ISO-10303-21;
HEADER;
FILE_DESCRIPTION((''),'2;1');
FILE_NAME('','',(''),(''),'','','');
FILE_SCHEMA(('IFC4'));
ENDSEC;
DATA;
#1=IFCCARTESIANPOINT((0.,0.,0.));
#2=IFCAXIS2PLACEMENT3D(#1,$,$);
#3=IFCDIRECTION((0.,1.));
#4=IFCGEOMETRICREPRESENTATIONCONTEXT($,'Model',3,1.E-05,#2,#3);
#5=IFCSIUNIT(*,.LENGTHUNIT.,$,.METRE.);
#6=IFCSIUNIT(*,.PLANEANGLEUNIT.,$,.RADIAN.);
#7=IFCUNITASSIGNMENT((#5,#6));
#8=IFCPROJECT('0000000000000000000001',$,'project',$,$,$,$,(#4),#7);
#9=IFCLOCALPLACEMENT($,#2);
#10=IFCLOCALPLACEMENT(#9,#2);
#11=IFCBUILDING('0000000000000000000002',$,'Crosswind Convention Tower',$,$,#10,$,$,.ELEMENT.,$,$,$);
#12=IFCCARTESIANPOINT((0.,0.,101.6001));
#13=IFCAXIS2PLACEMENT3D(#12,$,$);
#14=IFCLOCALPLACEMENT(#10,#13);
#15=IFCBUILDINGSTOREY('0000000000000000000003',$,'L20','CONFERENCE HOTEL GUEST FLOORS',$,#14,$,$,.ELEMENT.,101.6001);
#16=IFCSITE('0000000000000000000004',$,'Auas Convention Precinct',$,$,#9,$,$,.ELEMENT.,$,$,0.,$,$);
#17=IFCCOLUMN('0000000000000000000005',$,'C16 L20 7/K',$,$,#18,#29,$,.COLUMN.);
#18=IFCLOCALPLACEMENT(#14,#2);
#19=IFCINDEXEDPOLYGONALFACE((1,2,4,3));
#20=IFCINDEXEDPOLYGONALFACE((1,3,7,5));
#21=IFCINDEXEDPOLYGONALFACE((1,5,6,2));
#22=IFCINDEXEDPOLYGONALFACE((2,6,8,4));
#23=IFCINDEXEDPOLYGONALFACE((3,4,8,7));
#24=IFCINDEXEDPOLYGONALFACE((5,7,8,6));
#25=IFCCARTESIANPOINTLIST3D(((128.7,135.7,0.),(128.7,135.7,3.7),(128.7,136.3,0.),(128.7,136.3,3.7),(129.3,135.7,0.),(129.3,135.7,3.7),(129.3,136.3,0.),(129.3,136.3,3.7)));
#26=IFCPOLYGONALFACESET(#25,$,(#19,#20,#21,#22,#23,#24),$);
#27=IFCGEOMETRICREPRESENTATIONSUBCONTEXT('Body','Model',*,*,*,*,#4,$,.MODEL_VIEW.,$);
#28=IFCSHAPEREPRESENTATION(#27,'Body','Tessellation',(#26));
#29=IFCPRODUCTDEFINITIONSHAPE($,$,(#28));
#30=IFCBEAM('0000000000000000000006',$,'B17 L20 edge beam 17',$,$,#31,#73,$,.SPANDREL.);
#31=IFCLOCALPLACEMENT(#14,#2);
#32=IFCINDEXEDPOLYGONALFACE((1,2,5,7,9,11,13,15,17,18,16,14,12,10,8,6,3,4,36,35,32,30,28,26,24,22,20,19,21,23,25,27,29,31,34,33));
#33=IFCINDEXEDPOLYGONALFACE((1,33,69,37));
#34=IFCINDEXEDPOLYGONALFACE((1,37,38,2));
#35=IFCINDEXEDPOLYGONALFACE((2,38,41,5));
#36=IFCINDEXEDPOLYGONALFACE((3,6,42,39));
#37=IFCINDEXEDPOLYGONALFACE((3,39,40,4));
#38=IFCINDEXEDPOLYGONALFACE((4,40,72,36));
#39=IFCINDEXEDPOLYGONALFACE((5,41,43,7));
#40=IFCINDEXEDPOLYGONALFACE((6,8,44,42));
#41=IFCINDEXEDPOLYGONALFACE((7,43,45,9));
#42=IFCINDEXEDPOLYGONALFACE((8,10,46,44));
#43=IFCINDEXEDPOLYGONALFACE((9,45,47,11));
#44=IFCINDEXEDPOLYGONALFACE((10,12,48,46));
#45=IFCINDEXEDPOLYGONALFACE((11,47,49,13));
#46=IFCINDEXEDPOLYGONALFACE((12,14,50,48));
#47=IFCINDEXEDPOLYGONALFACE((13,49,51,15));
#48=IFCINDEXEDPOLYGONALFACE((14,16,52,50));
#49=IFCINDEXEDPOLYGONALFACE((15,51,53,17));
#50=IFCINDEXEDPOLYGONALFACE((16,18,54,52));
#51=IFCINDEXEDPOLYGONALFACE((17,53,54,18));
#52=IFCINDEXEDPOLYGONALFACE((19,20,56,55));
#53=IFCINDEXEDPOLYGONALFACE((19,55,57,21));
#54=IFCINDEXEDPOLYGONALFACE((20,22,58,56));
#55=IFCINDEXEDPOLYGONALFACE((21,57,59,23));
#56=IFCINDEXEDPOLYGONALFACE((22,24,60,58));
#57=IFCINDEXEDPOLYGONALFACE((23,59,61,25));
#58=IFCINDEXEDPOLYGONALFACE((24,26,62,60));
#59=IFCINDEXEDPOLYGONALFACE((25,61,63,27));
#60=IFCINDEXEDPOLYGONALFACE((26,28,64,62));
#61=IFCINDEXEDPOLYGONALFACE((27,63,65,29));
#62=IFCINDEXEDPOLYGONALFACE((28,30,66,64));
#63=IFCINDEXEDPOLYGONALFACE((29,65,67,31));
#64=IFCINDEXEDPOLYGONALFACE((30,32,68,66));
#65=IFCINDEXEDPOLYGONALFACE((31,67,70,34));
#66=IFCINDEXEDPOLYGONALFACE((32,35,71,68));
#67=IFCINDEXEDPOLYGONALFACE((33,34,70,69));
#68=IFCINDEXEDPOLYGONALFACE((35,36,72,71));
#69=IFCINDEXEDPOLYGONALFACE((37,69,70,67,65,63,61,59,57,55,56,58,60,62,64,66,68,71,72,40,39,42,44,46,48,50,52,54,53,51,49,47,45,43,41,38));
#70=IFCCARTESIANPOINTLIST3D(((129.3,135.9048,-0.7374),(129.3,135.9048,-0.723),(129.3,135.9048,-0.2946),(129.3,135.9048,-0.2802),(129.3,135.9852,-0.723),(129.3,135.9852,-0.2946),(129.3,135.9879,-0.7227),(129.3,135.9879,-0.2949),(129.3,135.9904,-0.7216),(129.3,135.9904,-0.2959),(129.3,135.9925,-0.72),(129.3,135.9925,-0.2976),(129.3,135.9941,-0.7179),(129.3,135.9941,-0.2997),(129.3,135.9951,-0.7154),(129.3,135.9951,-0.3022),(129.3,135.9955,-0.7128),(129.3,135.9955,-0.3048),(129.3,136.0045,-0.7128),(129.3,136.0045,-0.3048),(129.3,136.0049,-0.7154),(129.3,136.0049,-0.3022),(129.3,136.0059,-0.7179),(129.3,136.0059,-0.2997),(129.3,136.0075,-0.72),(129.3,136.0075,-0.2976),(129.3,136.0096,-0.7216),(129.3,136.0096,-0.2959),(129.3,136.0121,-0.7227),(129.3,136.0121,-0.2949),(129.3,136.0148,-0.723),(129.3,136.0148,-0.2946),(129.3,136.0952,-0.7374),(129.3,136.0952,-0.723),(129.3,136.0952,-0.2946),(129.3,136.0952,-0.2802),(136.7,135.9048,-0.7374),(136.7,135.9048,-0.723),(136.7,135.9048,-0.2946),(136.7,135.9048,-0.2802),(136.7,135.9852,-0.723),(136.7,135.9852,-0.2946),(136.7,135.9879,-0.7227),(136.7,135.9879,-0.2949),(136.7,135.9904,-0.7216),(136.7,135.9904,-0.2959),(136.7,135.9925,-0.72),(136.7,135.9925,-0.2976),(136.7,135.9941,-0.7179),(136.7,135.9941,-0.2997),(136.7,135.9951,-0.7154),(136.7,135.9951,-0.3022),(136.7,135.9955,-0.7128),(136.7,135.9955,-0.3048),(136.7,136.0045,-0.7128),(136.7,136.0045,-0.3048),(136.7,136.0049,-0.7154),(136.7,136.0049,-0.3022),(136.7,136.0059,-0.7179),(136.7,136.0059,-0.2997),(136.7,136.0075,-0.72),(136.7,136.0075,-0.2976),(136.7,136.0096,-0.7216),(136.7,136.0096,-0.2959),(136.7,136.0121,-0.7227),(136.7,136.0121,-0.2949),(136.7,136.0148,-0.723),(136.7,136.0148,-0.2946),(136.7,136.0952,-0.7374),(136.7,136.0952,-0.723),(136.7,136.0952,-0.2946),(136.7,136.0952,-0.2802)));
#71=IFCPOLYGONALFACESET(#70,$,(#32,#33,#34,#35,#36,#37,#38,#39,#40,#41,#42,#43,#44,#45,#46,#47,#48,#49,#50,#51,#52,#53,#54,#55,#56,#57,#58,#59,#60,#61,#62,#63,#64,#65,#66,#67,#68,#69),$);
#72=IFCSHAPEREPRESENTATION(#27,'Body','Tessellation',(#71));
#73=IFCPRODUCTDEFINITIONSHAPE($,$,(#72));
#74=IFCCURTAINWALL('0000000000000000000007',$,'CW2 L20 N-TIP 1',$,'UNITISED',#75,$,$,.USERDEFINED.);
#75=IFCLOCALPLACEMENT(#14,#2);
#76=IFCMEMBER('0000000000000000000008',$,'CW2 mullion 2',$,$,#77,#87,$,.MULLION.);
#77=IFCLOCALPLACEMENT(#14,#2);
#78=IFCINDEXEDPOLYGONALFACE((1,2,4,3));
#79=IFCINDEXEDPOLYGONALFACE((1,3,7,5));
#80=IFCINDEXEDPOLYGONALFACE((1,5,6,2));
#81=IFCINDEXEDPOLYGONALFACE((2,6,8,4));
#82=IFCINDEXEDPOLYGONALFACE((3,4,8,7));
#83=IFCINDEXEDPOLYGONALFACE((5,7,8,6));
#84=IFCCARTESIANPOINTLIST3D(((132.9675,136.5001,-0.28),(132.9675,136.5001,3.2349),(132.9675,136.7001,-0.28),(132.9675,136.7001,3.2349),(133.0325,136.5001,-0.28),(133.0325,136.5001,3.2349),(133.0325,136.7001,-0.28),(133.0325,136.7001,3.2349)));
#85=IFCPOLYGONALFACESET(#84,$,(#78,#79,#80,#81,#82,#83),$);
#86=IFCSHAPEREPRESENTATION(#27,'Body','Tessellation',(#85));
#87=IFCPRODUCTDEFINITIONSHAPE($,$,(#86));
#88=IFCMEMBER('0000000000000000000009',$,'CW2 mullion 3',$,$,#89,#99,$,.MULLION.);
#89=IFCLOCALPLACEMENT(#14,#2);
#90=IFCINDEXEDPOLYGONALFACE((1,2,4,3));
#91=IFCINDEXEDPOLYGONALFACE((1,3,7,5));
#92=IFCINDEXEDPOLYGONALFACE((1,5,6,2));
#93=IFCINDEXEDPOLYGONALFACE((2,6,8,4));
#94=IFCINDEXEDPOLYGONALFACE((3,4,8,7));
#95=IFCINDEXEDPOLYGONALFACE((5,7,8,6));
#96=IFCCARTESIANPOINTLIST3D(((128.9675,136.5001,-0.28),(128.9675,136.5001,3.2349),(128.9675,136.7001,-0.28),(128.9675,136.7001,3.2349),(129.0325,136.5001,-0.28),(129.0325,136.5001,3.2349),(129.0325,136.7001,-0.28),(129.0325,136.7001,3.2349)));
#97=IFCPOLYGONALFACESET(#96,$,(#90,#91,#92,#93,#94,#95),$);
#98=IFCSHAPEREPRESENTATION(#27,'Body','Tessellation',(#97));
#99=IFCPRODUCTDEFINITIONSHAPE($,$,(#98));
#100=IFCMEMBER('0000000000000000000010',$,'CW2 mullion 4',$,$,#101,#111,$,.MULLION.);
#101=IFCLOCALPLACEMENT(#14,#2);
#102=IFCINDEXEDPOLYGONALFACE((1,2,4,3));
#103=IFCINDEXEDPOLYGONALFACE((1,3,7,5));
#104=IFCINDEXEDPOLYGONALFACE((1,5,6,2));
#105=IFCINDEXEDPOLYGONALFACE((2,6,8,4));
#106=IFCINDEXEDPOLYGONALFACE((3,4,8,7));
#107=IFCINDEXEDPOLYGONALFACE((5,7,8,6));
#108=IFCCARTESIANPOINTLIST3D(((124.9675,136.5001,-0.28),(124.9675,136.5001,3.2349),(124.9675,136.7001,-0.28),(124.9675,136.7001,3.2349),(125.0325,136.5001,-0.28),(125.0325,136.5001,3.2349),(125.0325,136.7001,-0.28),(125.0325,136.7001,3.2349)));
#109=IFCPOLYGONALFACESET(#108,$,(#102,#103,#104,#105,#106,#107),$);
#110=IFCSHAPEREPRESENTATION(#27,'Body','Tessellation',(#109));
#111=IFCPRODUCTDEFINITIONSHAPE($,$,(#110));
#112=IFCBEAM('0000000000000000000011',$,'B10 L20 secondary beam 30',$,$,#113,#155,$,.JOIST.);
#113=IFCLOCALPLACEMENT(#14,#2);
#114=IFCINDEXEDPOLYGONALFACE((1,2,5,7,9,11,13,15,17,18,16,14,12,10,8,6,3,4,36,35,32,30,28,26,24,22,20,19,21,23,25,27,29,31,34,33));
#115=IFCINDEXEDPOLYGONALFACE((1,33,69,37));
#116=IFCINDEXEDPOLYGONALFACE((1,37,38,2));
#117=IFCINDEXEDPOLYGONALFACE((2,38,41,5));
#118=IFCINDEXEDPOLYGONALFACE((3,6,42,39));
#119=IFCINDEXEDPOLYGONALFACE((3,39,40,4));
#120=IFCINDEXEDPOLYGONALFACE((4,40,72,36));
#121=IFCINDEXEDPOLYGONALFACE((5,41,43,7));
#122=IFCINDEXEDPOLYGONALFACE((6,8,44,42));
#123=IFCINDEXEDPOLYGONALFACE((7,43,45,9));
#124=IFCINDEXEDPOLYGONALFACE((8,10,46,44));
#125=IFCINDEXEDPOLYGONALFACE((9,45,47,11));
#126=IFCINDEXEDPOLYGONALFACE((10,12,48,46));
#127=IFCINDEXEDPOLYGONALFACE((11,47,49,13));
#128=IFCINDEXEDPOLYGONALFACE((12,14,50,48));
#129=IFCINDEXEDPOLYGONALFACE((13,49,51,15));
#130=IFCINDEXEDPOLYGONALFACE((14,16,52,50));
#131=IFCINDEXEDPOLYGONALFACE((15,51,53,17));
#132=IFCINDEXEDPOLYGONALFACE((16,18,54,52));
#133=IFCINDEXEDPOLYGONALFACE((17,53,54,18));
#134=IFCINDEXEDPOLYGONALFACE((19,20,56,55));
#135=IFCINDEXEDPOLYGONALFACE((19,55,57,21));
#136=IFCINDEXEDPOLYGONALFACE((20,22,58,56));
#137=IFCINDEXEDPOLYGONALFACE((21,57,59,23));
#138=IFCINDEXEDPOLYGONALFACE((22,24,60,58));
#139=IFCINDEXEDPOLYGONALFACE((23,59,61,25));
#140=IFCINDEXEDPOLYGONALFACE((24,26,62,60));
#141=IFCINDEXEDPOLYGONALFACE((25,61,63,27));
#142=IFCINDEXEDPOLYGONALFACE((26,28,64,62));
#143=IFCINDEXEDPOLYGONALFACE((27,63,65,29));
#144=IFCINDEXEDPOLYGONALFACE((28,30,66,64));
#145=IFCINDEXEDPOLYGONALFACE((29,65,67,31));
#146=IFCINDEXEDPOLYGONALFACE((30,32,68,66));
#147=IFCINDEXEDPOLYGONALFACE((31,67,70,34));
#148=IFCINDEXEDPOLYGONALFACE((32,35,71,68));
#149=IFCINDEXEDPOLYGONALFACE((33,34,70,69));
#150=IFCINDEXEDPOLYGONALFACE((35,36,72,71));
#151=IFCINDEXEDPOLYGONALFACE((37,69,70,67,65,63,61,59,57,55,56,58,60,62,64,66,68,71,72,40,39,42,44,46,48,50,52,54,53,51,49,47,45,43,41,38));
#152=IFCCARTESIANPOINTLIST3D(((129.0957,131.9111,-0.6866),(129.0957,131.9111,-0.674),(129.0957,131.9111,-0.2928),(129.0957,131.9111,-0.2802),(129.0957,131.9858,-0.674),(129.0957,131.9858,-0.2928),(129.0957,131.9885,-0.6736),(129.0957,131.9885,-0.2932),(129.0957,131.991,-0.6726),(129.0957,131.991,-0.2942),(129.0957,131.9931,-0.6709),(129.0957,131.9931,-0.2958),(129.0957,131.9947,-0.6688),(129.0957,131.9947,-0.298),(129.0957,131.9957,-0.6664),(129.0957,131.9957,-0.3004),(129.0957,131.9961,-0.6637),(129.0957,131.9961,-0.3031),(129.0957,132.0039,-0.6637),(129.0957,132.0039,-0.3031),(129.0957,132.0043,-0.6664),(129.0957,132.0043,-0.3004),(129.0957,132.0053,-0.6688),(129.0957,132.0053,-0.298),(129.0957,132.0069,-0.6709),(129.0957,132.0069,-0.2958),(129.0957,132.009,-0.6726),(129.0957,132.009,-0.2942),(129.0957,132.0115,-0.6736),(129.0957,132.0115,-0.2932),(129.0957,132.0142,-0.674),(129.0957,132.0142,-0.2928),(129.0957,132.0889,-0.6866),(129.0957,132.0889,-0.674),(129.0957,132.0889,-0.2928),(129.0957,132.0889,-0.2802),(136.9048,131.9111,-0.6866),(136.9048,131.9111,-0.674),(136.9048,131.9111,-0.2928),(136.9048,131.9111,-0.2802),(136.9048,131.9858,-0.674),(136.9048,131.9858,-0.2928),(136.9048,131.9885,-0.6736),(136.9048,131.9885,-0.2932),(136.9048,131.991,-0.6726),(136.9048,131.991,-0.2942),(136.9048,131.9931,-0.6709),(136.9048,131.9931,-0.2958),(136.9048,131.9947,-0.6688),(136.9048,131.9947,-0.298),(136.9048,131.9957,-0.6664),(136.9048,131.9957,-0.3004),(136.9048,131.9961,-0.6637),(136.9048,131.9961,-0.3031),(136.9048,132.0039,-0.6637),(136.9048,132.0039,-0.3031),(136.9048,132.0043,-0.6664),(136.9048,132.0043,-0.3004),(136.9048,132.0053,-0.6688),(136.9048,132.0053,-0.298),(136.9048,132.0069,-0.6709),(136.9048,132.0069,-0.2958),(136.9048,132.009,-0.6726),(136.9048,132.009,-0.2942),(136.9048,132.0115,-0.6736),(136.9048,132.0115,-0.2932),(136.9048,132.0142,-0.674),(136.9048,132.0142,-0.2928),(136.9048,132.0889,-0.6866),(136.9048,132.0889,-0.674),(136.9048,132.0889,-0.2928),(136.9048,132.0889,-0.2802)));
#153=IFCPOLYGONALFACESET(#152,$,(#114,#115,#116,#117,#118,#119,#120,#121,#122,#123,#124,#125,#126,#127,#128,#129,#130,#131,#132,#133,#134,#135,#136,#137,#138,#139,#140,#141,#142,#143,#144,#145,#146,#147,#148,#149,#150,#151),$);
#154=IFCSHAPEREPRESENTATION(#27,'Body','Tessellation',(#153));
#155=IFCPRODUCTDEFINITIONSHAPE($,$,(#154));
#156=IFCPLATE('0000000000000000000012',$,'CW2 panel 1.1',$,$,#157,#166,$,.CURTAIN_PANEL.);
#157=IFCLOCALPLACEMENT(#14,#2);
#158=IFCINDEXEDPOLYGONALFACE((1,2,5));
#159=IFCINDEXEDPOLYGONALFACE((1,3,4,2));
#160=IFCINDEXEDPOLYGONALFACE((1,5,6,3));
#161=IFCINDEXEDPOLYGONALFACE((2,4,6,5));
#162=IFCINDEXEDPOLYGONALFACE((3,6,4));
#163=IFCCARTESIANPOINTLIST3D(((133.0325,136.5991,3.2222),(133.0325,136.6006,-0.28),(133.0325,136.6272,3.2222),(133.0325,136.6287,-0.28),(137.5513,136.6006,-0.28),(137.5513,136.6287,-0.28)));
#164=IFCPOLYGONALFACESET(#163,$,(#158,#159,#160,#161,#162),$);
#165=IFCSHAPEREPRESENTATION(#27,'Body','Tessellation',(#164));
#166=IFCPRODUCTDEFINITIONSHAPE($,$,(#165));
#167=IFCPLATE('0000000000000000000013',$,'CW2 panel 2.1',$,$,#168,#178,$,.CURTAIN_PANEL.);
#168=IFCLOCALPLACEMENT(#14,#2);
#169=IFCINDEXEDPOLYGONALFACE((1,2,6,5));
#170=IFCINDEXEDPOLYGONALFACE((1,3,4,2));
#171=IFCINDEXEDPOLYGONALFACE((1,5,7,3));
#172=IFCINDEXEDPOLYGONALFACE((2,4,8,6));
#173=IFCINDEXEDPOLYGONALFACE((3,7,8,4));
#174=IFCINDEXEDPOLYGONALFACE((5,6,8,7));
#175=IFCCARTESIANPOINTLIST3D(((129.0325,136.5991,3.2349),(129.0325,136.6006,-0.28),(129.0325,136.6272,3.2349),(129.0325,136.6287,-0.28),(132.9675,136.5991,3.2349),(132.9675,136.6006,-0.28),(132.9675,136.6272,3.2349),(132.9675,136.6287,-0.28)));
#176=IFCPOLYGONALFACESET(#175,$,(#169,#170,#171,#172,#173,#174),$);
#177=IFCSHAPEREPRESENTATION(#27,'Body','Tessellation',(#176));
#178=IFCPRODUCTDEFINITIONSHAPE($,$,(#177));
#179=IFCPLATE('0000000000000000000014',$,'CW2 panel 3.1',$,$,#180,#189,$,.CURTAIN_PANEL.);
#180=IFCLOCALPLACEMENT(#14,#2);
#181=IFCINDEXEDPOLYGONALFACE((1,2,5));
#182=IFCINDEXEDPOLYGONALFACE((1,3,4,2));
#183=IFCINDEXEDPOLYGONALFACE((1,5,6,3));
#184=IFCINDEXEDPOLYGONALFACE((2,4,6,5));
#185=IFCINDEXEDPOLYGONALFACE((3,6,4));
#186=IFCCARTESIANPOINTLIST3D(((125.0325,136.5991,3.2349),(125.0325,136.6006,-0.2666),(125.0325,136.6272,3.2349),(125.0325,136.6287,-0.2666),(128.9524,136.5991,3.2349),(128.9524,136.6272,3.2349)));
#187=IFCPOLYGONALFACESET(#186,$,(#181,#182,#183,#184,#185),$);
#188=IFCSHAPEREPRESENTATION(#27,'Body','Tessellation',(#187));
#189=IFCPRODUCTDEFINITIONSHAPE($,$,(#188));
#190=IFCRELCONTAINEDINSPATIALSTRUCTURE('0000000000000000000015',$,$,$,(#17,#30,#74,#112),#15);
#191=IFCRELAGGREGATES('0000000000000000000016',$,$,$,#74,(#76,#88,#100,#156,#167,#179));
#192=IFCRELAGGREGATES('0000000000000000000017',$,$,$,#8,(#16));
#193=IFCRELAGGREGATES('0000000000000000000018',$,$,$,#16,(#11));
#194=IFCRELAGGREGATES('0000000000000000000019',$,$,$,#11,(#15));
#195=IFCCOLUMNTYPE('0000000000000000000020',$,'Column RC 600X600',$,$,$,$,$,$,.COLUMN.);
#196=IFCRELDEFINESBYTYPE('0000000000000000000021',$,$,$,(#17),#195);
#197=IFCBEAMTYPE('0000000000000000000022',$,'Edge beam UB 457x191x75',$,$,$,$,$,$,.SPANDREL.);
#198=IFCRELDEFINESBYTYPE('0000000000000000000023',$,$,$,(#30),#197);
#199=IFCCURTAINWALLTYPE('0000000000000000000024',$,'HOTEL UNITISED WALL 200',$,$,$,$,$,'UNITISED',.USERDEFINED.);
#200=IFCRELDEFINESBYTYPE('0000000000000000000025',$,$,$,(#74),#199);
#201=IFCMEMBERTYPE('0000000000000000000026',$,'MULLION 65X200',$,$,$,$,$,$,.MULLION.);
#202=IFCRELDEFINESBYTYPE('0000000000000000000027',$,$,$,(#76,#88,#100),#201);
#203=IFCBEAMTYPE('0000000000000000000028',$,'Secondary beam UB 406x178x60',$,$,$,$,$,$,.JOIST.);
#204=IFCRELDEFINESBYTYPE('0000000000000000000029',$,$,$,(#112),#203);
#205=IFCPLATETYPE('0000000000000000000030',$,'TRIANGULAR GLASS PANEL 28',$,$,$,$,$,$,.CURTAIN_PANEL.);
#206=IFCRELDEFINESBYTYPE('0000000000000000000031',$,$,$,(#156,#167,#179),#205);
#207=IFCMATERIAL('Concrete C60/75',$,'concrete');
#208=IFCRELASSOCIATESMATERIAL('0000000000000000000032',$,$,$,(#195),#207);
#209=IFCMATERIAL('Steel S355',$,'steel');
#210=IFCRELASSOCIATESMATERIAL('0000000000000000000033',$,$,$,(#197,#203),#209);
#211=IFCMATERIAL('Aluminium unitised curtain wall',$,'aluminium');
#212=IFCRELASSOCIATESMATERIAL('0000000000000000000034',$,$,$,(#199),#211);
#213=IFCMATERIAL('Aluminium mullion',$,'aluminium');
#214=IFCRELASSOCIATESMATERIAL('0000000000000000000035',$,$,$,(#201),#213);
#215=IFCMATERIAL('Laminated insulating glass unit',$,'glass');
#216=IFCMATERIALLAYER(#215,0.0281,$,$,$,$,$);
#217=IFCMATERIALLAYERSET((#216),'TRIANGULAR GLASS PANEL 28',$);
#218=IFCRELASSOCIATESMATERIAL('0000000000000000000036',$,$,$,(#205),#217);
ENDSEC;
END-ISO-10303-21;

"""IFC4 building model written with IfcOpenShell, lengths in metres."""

from ifc_helpers import new_model, si_unit, direction, frame, origin, origin_2d, place, context, subcontext, project, spatial, polyline, rectangle, i_section, outline, extrude, material, layer, layer_set, material_profile, profile_set, type_object, element, aggregate, save


model = new_model("IFC4")

# Units and contexts
model_context = context("Model", 3, precision=1e-05, world=origin(), true_north=direction((0.0, 1.0)))
body_context = subcontext(model_context, "Body", "Model", "MODEL_VIEW")
ifc_project = project(units=[si_unit("LENGTHUNIT", "METRE"), si_unit("PLANEANGLEUNIT", "RADIAN")], contexts=[model_context])

# Site, building, storey
site_placement = place(None, origin())
site = spatial("IfcSite", under=ifc_project, at=site_placement, Name="Auas Convention Precinct", CompositionType="ELEMENT", RefElevation=0.0)
building_placement = place(site_placement, origin())
building = spatial("IfcBuilding", under=site, at=building_placement, Name="Crosswind Convention Tower", CompositionType="ELEMENT")
storey_placement = place(building_placement, frame((0.0, 0.0, 101.6001)))
storey = spatial("IfcBuildingStorey", under=building, at=storey_placement, Name="L20", Description="CONFERENCE HOTEL GUEST FLOORS", CompositionType="ELEMENT", Elevation=101.6001)

# Column
ifc_material_1 = material(Name="Concrete C60/75", Category="concrete")
ifc_material_profile_1 = material_profile(ifc_material_1, rectangle(XDim=0.6001, YDim=0.6001, at=origin_2d()), Name="RC 600X600")
ifc_profile_set_1 = profile_set([ifc_material_profile_1], Name="Concrete C60/75")
column_type = type_object("IfcColumnType", Name="Column RC 600X600", PredefinedType="COLUMN", material=ifc_profile_set_1)
column_placement = place(storey_placement, frame((129.0, 136.0, 0.0), z_axis=(0.0, 0.0, 1.0), x_axis=(1.0, 0.0, 0.0)))
element("IfcColumn", 1, at=column_placement, inside=storey, type_object=column_type, Name="C16 L20 7/K", PredefinedType="COLUMN", context=body_context, shape_type="SweptSolid", body=[
    extrude(rectangle(XDim=0.6001, YDim=0.6001, at=origin_2d()), origin(), (0.0, 0.0, 1.0), 3.7),
])

# Beam
ifc_material_2 = material(Name="Steel S355", Category="steel")
ifc_material_profile_2 = material_profile(ifc_material_2, i_section(OverallWidth=0.1904, OverallDepth=0.4573, WebThickness=0.009, FlangeThickness=0.0144, FilletRadius=0.0103, at=origin_2d()), Name="UB 457x191x75")
ifc_profile_set_2 = profile_set([ifc_material_profile_2], Name="Steel S355")
beam_type_1 = type_object("IfcBeamType", Name="Edge beam UB 457x191x75", PredefinedType="SPANDREL", material=ifc_profile_set_2)
beam_1_placement = place(storey_placement, frame((129.3, 136.0, -0.5088), z_axis=(1.0, 0.0, 0.0), x_axis=(0.0, 1.0, 0.0)))
element("IfcBeam", 2, at=beam_1_placement, inside=storey, type_object=beam_type_1, Name="B17 L20 edge beam 17", PredefinedType="SPANDREL", context=body_context, shape_type="SweptSolid", body=[
    extrude(i_section(OverallWidth=0.1904, OverallDepth=0.4573, WebThickness=0.009, FlangeThickness=0.0144, FilletRadius=0.0103, at=origin_2d()), origin(), (0.0, 0.0, 1.0), 7.3999),
])

# Curtain wall, members
ifc_material_3 = material(Name="Aluminium unitised curtain wall", Category="aluminium")
curtain_wall_type = type_object("IfcCurtainWallType", Name="HOTEL UNITISED WALL 200", ElementType="UNITISED", PredefinedType="USERDEFINED", material=ifc_material_3)
curtain_wall_placement = place(storey_placement, origin())
curtain_wall = element("IfcCurtainWall", 3, at=curtain_wall_placement, inside=storey, type_object=curtain_wall_type, Name="CW2 L20 N-TIP 1", ObjectType="UNITISED", PredefinedType="USERDEFINED")
ifc_material_4 = material(Name="Aluminium mullion", Category="aluminium")
ifc_material_profile_3 = material_profile(ifc_material_4, rectangle(XDim=0.2, YDim=0.0649, at=origin_2d()), Name="AL 200X65")
ifc_profile_set_3 = profile_set([ifc_material_profile_3], Name="Aluminium mullion")
member_type = type_object("IfcMemberType", Name="MULLION 65X200", PredefinedType="MULLION", material=ifc_profile_set_3)
member_1_placement = place(storey_placement, frame((133.0, 136.6001, -0.28), z_axis=(0.0, 0.0, 1.0), x_axis=(0.0, 1.0, 0.0)))
member_1 = element("IfcMember", 4, at=member_1_placement, type_object=member_type, Name="CW2 mullion 2", PredefinedType="MULLION", context=body_context, shape_type="SweptSolid", body=[
    extrude(rectangle(XDim=0.2, YDim=0.0649, at=origin_2d()), origin(), (0.0, 0.0, 1.0), 3.5149),
])
member_2_placement = place(storey_placement, frame((129.0, 136.6001, -0.28), z_axis=(0.0, 0.0, 1.0), x_axis=(0.0, 1.0, 0.0)))
member_2 = element("IfcMember", 5, at=member_2_placement, type_object=member_type, Name="CW2 mullion 3", PredefinedType="MULLION", context=body_context, shape_type="SweptSolid", body=[
    extrude(rectangle(XDim=0.2, YDim=0.0649, at=origin_2d()), origin(), (0.0, 0.0, 1.0), 3.5149),
])
member_3_placement = place(storey_placement, frame((125.0, 136.6001, -0.28), z_axis=(0.0, 0.0, 1.0), x_axis=(0.0, 1.0, 0.0)))
member_3 = element("IfcMember", 6, at=member_3_placement, type_object=member_type, Name="CW2 mullion 4", PredefinedType="MULLION", context=body_context, shape_type="SweptSolid", body=[
    extrude(rectangle(XDim=0.2, YDim=0.0649, at=origin_2d()), origin(), (0.0, 0.0, 1.0), 3.5149),
])

# Beam
ifc_material_profile_4 = material_profile(ifc_material_2, i_section(OverallWidth=0.1777, OverallDepth=0.4065, WebThickness=0.0078, FlangeThickness=0.0127, FilletRadius=0.0103, at=origin_2d()), Name="UB 406x178x60")
ifc_profile_set_4 = profile_set([ifc_material_profile_4], Name="Steel S355")
beam_type_2 = type_object("IfcBeamType", Name="Secondary beam UB 406x178x60", PredefinedType="JOIST", material=ifc_profile_set_4)
beam_2_placement = place(storey_placement, frame((129.0957, 132.0, -0.4834), z_axis=(1.0, 0.0, 0.0), x_axis=(0.0, 1.0, 0.0)))
element("IfcBeam", 7, at=beam_2_placement, inside=storey, type_object=beam_type_2, Name="B10 L20 secondary beam 30", PredefinedType="JOIST", context=body_context, shape_type="SweptSolid", body=[
    extrude(i_section(OverallWidth=0.1777, OverallDepth=0.4065, WebThickness=0.0078, FlangeThickness=0.0127, FilletRadius=0.0103, at=origin_2d()), origin(), (0.0, 0.0, 1.0), 7.8091),
])

# Plates
ifc_material_5 = material(Name="Laminated insulating glass unit", Category="glass")
ifc_layer_1 = layer(ifc_material_5, 0.0281)
ifc_layer_set_1 = layer_set([ifc_layer_1], Name="TRIANGULAR GLASS PANEL 28")
plate_type = type_object("IfcPlateType", Name="TRIANGULAR GLASS PANEL 28", PredefinedType="CURTAIN_PANEL", material=ifc_layer_set_1)
plate_1_placement = place(storey_placement, frame((133.0325, 136.6287, -0.28), z_axis=(0.0, 1.0, 0.000418), x_axis=(0.0, -0.000418, 1.0)))
plate_1 = element("IfcPlate", 8, at=plate_1_placement, type_object=plate_type, Name="CW2 panel 1.1", PredefinedType="CURTAIN_PANEL", context=body_context, shape_type="SweptSolid", body=[
    extrude(outline(polyline([(0.0, 0.0), (3.5022, 0.0), (0.0, 4.5188), (0.0, 0.0)])), origin(), (0.0, 0.0, -1.0), 0.0281),
])
plate_2_placement = place(storey_placement, frame((132.9675, 136.6287, -0.28), z_axis=(0.0, 1.0, 0.000417), x_axis=(-1.0, 0.0, 0.0)))
plate_2 = element("IfcPlate", 9, at=plate_2_placement, type_object=plate_type, Name="CW2 panel 2.1", PredefinedType="CURTAIN_PANEL", context=body_context, shape_type="SweptSolid", body=[
    extrude(outline(polyline([(0.0, 0.0), (3.9351, 0.0), (3.9351, 3.5149), (0.0, 3.5149), (0.0, 0.0)])), origin(), (0.0, 0.0, -1.0), 0.0281),
])
plate_3_placement = place(storey_placement, frame((125.0325, 136.6272, 3.2349), z_axis=(0.0, 1.0, 0.000418), x_axis=(1.0, 0.0, 0.0)))
plate_3 = element("IfcPlate", 10, at=plate_3_placement, type_object=plate_type, Name="CW2 panel 3.1", PredefinedType="CURTAIN_PANEL", context=body_context, shape_type="SweptSolid", body=[
    extrude(outline(polyline([(0.0, 0.0), (3.9199, 0.0), (0.0, 3.5015), (0.0, 0.0)])), origin(), (0.0, 0.0, -1.0), 0.0281),
])
aggregate(curtain_wall, [member_1, member_2, member_3, plate_1, plate_2, plate_3])

save(model, "model.ifc")
